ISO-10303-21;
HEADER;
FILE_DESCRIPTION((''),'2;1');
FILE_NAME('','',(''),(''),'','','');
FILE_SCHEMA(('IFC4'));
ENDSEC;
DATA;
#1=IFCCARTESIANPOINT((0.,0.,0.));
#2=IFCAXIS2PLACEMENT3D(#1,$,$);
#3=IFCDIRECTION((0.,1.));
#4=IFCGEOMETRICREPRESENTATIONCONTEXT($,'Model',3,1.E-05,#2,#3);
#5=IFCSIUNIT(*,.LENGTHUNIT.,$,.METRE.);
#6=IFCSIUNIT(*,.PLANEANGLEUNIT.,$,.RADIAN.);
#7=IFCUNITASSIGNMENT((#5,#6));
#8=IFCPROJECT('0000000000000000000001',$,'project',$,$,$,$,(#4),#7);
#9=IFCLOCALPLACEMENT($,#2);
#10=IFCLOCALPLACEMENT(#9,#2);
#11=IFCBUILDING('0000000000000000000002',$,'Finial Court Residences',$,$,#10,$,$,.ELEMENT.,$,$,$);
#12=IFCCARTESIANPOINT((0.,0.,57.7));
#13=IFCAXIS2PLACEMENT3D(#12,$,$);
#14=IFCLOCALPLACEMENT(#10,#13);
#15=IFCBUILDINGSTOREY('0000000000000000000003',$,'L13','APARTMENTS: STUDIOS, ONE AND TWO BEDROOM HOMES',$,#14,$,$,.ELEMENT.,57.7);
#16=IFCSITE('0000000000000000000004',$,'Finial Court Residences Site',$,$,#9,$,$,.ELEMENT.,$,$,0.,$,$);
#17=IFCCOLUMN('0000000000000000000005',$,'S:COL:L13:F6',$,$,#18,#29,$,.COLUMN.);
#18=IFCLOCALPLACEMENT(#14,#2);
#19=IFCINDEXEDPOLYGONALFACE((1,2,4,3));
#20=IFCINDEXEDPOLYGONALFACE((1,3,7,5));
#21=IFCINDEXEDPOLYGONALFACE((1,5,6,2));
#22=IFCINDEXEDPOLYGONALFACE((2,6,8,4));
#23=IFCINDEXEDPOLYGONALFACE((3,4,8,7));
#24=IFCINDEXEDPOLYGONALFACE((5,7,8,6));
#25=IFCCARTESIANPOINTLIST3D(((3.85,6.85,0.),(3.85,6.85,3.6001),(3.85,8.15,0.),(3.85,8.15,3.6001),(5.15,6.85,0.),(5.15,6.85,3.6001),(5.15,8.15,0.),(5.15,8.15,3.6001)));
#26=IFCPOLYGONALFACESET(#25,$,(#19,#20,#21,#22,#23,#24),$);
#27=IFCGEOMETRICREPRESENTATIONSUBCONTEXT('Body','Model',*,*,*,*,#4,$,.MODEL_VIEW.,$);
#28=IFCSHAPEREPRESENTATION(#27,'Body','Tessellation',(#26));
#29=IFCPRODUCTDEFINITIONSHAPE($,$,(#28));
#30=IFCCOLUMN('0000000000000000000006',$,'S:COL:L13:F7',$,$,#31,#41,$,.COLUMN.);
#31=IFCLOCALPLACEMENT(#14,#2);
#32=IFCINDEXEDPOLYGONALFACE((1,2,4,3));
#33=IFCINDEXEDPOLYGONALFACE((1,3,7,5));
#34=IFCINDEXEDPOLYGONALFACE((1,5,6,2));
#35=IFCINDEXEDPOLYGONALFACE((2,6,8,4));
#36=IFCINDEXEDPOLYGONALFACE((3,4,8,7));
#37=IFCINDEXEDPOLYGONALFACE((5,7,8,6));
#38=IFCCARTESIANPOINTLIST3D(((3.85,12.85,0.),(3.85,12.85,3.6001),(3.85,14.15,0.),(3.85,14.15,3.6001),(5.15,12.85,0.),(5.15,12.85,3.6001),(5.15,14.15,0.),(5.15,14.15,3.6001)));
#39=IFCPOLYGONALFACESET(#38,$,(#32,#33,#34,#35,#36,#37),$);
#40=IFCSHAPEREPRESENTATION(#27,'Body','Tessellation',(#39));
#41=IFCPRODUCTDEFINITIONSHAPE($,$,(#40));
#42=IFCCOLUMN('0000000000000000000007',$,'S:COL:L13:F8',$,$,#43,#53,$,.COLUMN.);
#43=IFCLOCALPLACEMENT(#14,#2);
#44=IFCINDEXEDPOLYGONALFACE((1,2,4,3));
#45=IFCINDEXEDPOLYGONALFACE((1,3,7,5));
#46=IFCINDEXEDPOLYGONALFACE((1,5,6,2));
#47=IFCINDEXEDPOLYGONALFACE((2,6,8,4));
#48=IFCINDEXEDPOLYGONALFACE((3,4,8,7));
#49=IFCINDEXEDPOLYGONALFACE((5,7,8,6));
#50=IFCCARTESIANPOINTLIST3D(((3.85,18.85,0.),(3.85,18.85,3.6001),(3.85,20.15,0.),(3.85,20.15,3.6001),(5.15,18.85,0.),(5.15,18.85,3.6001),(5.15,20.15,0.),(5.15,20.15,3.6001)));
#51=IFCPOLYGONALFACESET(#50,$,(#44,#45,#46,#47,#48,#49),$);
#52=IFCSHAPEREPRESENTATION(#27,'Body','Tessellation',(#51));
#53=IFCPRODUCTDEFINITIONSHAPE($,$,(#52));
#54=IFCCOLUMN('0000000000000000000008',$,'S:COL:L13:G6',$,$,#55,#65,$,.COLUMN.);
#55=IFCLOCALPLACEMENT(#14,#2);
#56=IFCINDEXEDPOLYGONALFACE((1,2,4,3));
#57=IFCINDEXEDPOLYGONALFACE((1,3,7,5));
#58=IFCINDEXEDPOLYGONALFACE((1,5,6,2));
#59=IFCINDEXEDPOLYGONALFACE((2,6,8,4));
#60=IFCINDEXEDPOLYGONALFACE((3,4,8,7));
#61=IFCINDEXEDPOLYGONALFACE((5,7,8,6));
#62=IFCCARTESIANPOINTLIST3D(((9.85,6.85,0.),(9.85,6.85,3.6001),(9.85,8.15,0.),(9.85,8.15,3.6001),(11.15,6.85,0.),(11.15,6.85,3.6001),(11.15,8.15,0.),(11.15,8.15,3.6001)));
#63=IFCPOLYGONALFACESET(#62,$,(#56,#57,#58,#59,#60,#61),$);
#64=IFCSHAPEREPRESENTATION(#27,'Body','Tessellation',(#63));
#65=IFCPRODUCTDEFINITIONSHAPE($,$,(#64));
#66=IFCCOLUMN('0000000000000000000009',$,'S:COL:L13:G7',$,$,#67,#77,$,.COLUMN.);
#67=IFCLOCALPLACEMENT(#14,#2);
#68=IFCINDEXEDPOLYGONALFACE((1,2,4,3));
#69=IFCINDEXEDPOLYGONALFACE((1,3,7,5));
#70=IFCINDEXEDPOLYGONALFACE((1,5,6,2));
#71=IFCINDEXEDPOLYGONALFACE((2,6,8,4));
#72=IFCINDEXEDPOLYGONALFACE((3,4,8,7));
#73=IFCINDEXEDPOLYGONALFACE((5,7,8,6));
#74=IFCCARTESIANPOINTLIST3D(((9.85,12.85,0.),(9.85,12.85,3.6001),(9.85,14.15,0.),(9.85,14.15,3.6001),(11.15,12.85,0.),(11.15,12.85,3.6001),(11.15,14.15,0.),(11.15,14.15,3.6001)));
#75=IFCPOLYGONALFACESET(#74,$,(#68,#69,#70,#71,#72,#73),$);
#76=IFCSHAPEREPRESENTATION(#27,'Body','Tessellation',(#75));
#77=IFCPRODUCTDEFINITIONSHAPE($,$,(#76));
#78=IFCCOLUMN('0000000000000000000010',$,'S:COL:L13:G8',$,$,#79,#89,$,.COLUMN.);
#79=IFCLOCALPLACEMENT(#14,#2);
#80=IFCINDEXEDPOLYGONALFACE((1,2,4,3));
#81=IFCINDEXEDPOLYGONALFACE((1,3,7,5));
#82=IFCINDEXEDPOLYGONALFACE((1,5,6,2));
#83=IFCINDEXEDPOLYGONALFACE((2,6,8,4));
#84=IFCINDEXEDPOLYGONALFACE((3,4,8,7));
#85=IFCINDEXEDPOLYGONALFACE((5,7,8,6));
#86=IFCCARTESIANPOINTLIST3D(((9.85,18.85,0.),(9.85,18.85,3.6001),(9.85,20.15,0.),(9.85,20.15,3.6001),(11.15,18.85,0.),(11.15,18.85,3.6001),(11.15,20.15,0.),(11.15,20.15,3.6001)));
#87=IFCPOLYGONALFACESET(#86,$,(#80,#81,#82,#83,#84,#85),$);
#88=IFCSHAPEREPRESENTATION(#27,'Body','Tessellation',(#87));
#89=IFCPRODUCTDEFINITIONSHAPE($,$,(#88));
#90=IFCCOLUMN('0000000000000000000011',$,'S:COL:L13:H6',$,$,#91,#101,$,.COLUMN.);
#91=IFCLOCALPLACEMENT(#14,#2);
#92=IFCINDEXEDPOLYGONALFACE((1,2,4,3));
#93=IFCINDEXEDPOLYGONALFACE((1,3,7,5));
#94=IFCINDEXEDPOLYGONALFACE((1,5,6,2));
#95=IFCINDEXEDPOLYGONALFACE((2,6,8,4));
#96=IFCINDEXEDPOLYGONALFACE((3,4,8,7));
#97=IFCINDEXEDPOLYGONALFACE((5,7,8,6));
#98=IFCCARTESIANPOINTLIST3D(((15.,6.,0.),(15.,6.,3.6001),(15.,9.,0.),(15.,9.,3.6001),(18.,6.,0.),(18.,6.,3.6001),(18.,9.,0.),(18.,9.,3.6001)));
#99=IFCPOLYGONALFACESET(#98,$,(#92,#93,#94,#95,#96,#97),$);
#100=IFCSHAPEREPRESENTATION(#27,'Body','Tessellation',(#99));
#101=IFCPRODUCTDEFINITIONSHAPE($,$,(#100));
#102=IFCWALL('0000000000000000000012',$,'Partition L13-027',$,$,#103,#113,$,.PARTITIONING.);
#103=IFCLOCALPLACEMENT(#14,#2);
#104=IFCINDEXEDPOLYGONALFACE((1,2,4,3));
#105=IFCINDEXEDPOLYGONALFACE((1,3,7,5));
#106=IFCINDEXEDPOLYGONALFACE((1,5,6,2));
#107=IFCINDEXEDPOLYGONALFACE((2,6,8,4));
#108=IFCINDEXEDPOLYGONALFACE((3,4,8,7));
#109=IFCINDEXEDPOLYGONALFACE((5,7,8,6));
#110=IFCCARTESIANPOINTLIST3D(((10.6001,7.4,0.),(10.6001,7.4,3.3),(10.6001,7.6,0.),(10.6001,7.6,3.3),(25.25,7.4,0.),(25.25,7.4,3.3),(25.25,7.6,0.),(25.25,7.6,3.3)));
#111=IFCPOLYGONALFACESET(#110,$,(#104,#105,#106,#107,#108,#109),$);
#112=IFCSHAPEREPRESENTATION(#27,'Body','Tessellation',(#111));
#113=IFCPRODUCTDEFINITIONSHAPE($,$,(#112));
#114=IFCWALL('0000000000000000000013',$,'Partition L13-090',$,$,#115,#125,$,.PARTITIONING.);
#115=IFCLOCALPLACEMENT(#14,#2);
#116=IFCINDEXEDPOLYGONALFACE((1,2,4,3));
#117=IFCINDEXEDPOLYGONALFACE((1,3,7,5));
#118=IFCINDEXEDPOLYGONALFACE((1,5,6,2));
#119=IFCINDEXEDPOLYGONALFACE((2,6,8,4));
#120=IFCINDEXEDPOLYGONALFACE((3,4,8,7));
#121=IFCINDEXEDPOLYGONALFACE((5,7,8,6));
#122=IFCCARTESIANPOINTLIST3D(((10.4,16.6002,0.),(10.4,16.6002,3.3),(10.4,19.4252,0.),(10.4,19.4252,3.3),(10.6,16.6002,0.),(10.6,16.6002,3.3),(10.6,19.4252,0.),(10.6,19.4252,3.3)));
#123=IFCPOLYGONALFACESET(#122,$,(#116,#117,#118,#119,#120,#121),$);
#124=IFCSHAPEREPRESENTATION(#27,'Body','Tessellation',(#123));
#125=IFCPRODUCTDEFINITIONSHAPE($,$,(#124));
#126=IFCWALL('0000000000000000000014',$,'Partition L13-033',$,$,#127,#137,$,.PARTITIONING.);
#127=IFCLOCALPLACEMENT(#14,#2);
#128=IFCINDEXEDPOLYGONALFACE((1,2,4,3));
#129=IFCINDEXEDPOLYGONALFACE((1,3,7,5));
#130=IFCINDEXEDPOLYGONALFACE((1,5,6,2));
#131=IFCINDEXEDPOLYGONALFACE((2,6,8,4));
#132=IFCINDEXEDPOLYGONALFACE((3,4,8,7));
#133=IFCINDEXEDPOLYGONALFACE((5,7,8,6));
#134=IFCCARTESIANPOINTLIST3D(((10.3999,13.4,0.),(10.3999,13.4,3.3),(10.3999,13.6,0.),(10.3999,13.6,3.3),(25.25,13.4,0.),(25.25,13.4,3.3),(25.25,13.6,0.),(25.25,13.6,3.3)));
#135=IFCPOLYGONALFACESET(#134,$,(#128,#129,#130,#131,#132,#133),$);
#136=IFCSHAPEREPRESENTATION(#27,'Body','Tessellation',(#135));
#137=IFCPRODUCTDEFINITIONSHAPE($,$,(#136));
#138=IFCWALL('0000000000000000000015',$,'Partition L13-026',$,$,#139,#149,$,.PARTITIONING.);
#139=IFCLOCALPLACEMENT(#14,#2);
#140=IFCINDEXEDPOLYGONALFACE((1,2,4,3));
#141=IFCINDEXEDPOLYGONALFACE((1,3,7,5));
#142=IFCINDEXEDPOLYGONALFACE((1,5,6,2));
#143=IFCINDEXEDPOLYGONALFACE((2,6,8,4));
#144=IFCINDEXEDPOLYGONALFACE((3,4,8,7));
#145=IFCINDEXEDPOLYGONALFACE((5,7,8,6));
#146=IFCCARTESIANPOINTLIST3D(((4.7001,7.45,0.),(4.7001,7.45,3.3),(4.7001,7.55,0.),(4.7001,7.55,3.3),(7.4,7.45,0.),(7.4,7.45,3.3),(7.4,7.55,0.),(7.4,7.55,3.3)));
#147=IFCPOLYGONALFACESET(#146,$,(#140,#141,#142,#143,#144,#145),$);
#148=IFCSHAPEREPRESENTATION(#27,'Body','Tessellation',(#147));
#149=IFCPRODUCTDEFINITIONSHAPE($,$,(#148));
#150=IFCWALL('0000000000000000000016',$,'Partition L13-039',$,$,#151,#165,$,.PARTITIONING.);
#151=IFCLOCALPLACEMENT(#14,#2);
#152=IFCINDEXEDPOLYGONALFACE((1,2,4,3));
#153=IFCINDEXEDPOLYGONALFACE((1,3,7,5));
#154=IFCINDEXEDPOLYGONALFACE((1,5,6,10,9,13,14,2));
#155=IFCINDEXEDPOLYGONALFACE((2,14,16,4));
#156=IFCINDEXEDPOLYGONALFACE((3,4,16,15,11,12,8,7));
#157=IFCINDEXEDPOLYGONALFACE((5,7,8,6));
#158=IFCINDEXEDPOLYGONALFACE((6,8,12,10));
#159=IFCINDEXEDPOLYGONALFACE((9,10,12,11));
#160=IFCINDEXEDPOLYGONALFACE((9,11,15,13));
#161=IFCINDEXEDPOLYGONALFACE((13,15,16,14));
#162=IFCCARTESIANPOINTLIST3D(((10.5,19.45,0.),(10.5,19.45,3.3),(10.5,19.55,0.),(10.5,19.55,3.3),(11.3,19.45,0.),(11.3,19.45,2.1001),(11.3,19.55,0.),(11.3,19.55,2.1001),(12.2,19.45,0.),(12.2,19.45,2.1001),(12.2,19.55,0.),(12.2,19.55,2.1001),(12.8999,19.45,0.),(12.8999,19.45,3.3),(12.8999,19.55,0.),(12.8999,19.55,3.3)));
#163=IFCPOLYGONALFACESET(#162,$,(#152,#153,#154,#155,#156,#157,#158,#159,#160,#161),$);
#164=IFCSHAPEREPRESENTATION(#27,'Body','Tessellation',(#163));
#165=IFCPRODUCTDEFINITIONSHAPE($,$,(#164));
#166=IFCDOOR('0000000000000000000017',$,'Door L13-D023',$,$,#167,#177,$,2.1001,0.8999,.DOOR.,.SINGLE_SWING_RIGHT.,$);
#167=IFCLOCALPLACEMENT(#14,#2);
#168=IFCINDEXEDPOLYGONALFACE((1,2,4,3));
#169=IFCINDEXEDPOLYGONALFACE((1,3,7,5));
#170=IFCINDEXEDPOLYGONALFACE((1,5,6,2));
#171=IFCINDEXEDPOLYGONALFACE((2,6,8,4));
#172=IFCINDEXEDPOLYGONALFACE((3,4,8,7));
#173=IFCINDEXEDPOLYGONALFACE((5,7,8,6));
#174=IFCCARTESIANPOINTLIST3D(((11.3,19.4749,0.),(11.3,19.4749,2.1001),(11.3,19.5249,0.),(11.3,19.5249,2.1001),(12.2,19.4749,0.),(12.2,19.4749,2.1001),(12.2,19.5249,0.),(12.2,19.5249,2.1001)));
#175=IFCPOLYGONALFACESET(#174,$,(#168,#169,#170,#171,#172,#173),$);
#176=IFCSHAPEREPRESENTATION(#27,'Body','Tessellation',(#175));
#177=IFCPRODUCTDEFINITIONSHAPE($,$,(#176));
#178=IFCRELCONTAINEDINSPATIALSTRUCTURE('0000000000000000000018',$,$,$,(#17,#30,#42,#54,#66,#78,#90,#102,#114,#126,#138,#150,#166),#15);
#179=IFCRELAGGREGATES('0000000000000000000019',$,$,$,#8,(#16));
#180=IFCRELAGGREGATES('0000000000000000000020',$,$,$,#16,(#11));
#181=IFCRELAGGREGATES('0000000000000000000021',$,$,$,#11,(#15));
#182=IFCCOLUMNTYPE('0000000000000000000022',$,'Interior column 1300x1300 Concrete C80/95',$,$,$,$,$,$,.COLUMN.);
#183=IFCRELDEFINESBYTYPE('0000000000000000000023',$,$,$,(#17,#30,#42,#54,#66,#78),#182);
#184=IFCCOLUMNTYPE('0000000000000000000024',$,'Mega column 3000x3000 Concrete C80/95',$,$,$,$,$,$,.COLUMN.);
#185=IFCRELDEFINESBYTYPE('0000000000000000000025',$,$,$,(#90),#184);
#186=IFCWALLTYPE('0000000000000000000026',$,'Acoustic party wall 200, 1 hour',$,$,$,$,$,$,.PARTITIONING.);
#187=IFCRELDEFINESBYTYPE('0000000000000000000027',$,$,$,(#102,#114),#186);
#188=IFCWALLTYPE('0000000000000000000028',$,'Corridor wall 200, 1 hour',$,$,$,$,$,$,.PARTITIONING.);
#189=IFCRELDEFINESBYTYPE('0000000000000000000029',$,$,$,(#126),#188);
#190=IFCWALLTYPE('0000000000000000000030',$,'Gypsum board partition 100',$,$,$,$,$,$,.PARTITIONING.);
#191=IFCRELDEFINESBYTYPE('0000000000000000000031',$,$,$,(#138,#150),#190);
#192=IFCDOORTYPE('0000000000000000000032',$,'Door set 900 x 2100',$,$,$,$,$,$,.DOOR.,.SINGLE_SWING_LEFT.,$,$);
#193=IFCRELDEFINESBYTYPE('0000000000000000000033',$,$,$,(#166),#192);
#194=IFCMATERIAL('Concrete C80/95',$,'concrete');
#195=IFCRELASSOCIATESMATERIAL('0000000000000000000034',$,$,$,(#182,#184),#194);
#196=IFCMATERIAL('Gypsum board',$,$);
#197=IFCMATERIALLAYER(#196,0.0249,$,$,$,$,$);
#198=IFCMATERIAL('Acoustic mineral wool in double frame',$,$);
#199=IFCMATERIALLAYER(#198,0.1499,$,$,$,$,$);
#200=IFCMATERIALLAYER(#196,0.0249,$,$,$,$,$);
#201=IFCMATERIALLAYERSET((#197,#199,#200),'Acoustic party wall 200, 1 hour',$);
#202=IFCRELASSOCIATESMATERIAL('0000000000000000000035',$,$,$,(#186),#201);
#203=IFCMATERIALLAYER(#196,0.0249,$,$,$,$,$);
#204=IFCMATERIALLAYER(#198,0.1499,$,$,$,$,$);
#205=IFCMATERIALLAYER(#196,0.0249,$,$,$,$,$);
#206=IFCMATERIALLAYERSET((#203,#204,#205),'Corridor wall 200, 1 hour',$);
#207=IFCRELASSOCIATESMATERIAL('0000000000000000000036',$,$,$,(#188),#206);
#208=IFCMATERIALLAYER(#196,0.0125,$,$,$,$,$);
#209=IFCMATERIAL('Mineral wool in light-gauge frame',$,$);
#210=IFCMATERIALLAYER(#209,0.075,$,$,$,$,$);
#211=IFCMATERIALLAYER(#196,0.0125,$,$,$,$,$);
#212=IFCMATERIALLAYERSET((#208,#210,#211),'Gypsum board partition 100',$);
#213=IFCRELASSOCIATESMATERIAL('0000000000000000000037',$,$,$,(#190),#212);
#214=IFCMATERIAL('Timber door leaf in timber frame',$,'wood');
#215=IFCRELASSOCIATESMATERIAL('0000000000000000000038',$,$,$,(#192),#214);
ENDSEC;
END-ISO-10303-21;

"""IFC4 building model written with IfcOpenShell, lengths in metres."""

from ifc_helpers import new_model, si_unit, direction, frame, frame_2d, origin, origin_2d, place, context, subcontext, project, spatial, rectangle, extrude, material, layer, layer_set, material_profile, profile_set, type_object, element, fill, save


model = new_model("IFC4")

# Units and contexts
model_context = context("Model", 3, precision=1e-05, world=origin(), true_north=direction((0.0, 1.0)))
body_context = subcontext(model_context, "Body", "Model", "MODEL_VIEW")
ifc_project = project(units=[si_unit("LENGTHUNIT", "METRE"), si_unit("PLANEANGLEUNIT", "RADIAN")], contexts=[model_context])

# Site, building, storey
site_placement = place(None, origin())
site = spatial("IfcSite", under=ifc_project, at=site_placement, Name="Finial Court Residences Site", CompositionType="ELEMENT", RefElevation=0.0)
building_placement = place(site_placement, origin())
building = spatial("IfcBuilding", under=site, at=building_placement, Name="Finial Court Residences", CompositionType="ELEMENT")
storey_placement = place(building_placement, frame((0.0, 0.0, 57.7)))
storey = spatial("IfcBuildingStorey", under=building, at=storey_placement, Name="L13", Description="APARTMENTS: STUDIOS, ONE AND TWO BEDROOM HOMES", CompositionType="ELEMENT", Elevation=57.7)

# Columns
ifc_material_1 = material(Name="Concrete C80/95", Category="concrete")
ifc_material_profile_1 = material_profile(ifc_material_1, rectangle(XDim=1.3, YDim=1.3, at=origin_2d()), Name="1300x1300")
ifc_profile_set_1 = profile_set([ifc_material_profile_1], Name="Concrete C80/95")
column_type_1 = type_object("IfcColumnType", Name="Interior column 1300x1300 Concrete C80/95", PredefinedType="COLUMN", material=ifc_profile_set_1)
for number, where, z_axis, x_axis, name in (
    (1, (4.5, 7.5, 0.0), (0.0, 0.0, 1.0), (1.0, 0.0, 0.0), "S:COL:L13:F6"),
    (2, (4.5, 13.5, 0.0), (0.0, 0.0, 1.0), (1.0, 0.0, 0.0), "S:COL:L13:F7"),
    (3, (4.5, 19.5, 0.0), (0.0, 0.0, 1.0), (1.0, 0.0, 0.0), "S:COL:L13:F8"),
    (4, (10.5, 7.5, 0.0), (0.0, 0.0, 1.0), (1.0, 0.0, 0.0), "S:COL:L13:G6"),
    (5, (10.5, 13.5, 0.0), (0.0, 0.0, 1.0), (1.0, 0.0, 0.0), "S:COL:L13:G7"),
    (6, (10.5, 19.5, 0.0), (0.0, 0.0, 1.0), (1.0, 0.0, 0.0), "S:COL:L13:G8"),
):
    element("IfcColumn", number, at=place(storey_placement, frame(where, z_axis=z_axis, x_axis=x_axis)), inside=storey, type_object=column_type_1, Name=name, PredefinedType="COLUMN", context=body_context, shape_type="SweptSolid", body=[
        extrude(rectangle(XDim=1.3, YDim=1.3, at=origin_2d()), origin(), (0.0, 0.0, 1.0), 3.6001),
    ])
ifc_material_profile_2 = material_profile(ifc_material_1, rectangle(XDim=3.0, YDim=3.0, at=origin_2d()), Name="3000x3000")
ifc_profile_set_2 = profile_set([ifc_material_profile_2], Name="Concrete C80/95")
column_type_2 = type_object("IfcColumnType", Name="Mega column 3000x3000 Concrete C80/95", PredefinedType="COLUMN", material=ifc_profile_set_2)
column_placement = place(storey_placement, frame((16.5, 7.5, 0.0), z_axis=(0.0, 0.0, 1.0), x_axis=(1.0, 0.0, 0.0)))
element("IfcColumn", 7, at=column_placement, inside=storey, type_object=column_type_2, Name="S:COL:L13:H6", PredefinedType="COLUMN", context=body_context, shape_type="SweptSolid", body=[
    extrude(rectangle(XDim=3.0, YDim=3.0, at=origin_2d()), origin(), (0.0, 0.0, 1.0), 3.6001),
])

# Walls
ifc_material_2 = material(Name="Gypsum board")
ifc_layer_1 = layer(ifc_material_2, 0.0249)
ifc_material_3 = material(Name="Acoustic mineral wool in double frame")
ifc_layer_2 = layer(ifc_material_3, 0.1499)
ifc_layer_3 = layer(ifc_material_2, 0.0249)
ifc_layer_set_1 = layer_set([ifc_layer_1, ifc_layer_2, ifc_layer_3], Name="Acoustic party wall 200, 1 hour")
wall_type_1 = type_object("IfcWallType", Name="Acoustic party wall 200, 1 hour", PredefinedType="PARTITIONING", material=ifc_layer_set_1)
wall_1_placement = place(storey_placement, frame((10.6001, 7.5, 0.0), z_axis=(0.0, 0.0, 1.0), x_axis=(1.0, 0.0, 0.0)))
element("IfcWall", 8, at=wall_1_placement, inside=storey, type_object=wall_type_1, Name="Partition L13-027", PredefinedType="PARTITIONING", context=body_context, shape_type="SweptSolid", body=[
    extrude(rectangle(XDim=14.6499, YDim=0.2, at=frame_2d((7.325, 0.0))), origin(), (0.0, 0.0, 1.0), 3.3),
])
wall_2_placement = place(storey_placement, frame((10.5, 16.6001, 0.0), z_axis=(0.0, 0.0, 1.0), x_axis=(0.0, 1.0, 0.0)))
element("IfcWall", 9, at=wall_2_placement, inside=storey, type_object=wall_type_1, Name="Partition L13-090", PredefinedType="PARTITIONING", context=body_context, shape_type="SweptSolid", body=[
    extrude(rectangle(XDim=2.825, YDim=0.2, at=frame_2d((1.4126, 0.0))), origin(), (0.0, 0.0, 1.0), 3.3),
])
ifc_layer_4 = layer(ifc_material_2, 0.0249)
ifc_layer_5 = layer(ifc_material_3, 0.1499)
ifc_layer_6 = layer(ifc_material_2, 0.0249)
ifc_layer_set_2 = layer_set([ifc_layer_4, ifc_layer_5, ifc_layer_6], Name="Corridor wall 200, 1 hour")
wall_type_2 = type_object("IfcWallType", Name="Corridor wall 200, 1 hour", PredefinedType="PARTITIONING", material=ifc_layer_set_2)
wall_3_placement = place(storey_placement, frame((10.3999, 13.5, 0.0), z_axis=(0.0, 0.0, 1.0), x_axis=(1.0, 0.0, 0.0)))
element("IfcWall", 10, at=wall_3_placement, inside=storey, type_object=wall_type_2, Name="Partition L13-033", PredefinedType="PARTITIONING", context=body_context, shape_type="SweptSolid", body=[
    extrude(rectangle(XDim=14.8501, YDim=0.2, at=frame_2d((7.425, 0.0))), origin(), (0.0, 0.0, 1.0), 3.3),
])
ifc_layer_7 = layer(ifc_material_2, 0.0125)
ifc_material_4 = material(Name="Mineral wool in light-gauge frame")
ifc_layer_8 = layer(ifc_material_4, 0.075)
ifc_layer_9 = layer(ifc_material_2, 0.0125)
ifc_layer_set_3 = layer_set([ifc_layer_7, ifc_layer_8, ifc_layer_9], Name="Gypsum board partition 100")
wall_type_3 = type_object("IfcWallType", Name="Gypsum board partition 100", PredefinedType="PARTITIONING", material=ifc_layer_set_3)
wall_4_placement = place(storey_placement, frame((4.7, 7.5, 0.0), z_axis=(0.0, 0.0, 1.0), x_axis=(1.0, 0.0, 0.0)))
element("IfcWall", 11, at=wall_4_placement, inside=storey, type_object=wall_type_3, Name="Partition L13-026", PredefinedType="PARTITIONING", context=body_context, shape_type="SweptSolid", body=[
    extrude(rectangle(XDim=2.7, YDim=0.1001, at=frame_2d((1.3501, 0.0))), origin(), (0.0, 0.0, 1.0), 3.3),
])

# Wall, opening, door
wall_5_placement = place(storey_placement, frame((10.5, 19.5, 0.0), z_axis=(0.0, 0.0, 1.0), x_axis=(1.0, 0.0, 0.0)))
wall_5 = element("IfcWall", 12, at=wall_5_placement, inside=storey, type_object=wall_type_3, Name="Partition L13-039", PredefinedType="PARTITIONING", context=body_context, shape_type="SweptSolid", body=[
    extrude(rectangle(XDim=2.3999, YDim=0.1001, at=frame_2d((1.2, 0.0))), origin(), (0.0, 0.0, 1.0), 3.3),
])
opening_1_placement = place(wall_5_placement, frame((0.8, 0.0, 0.0)))
opening_1 = element("IfcOpeningElement", 13, at=opening_1_placement, cuts=wall_5, PredefinedType="OPENING", context=body_context, shape_type="SweptSolid", body=[
    extrude(rectangle(XDim=0.8999, YDim=2.1001, at=frame_2d((0.45, 1.05))), frame((0.0, 0.0601, 0.0), z_axis=(0.0, -1.0, 0.0), x_axis=(1.0, 0.0, 0.0)), (0.0, 0.0, 1.0), 0.1201),
])
ifc_material_5 = material(Name="Timber door leaf in timber frame", Category="wood")
door_type = type_object("IfcDoorType", Name="Door set 900 x 2100", OperationType="SINGLE_SWING_LEFT", PredefinedType="DOOR", material=ifc_material_5)
door_1_placement = place(opening_1_placement, origin())
door_1 = element("IfcDoor", 14, at=door_1_placement, inside=storey, type_object=door_type, Name="Door L13-D023", OperationType="SINGLE_SWING_RIGHT", OverallHeight=2.1001, OverallWidth=0.8999, PredefinedType="DOOR", context=body_context, shape_type="SweptSolid", body=[
    extrude(rectangle(XDim=0.8999, YDim=2.1001, at=frame_2d((0.45, 1.05))), frame((0.0, 0.0249, 0.0), z_axis=(0.0, -1.0, 0.0), x_axis=(1.0, 0.0, 0.0)), (0.0, 0.0, 1.0), 0.05),
])
fill(opening_1, door_1)

save(model, "model.ifc")
